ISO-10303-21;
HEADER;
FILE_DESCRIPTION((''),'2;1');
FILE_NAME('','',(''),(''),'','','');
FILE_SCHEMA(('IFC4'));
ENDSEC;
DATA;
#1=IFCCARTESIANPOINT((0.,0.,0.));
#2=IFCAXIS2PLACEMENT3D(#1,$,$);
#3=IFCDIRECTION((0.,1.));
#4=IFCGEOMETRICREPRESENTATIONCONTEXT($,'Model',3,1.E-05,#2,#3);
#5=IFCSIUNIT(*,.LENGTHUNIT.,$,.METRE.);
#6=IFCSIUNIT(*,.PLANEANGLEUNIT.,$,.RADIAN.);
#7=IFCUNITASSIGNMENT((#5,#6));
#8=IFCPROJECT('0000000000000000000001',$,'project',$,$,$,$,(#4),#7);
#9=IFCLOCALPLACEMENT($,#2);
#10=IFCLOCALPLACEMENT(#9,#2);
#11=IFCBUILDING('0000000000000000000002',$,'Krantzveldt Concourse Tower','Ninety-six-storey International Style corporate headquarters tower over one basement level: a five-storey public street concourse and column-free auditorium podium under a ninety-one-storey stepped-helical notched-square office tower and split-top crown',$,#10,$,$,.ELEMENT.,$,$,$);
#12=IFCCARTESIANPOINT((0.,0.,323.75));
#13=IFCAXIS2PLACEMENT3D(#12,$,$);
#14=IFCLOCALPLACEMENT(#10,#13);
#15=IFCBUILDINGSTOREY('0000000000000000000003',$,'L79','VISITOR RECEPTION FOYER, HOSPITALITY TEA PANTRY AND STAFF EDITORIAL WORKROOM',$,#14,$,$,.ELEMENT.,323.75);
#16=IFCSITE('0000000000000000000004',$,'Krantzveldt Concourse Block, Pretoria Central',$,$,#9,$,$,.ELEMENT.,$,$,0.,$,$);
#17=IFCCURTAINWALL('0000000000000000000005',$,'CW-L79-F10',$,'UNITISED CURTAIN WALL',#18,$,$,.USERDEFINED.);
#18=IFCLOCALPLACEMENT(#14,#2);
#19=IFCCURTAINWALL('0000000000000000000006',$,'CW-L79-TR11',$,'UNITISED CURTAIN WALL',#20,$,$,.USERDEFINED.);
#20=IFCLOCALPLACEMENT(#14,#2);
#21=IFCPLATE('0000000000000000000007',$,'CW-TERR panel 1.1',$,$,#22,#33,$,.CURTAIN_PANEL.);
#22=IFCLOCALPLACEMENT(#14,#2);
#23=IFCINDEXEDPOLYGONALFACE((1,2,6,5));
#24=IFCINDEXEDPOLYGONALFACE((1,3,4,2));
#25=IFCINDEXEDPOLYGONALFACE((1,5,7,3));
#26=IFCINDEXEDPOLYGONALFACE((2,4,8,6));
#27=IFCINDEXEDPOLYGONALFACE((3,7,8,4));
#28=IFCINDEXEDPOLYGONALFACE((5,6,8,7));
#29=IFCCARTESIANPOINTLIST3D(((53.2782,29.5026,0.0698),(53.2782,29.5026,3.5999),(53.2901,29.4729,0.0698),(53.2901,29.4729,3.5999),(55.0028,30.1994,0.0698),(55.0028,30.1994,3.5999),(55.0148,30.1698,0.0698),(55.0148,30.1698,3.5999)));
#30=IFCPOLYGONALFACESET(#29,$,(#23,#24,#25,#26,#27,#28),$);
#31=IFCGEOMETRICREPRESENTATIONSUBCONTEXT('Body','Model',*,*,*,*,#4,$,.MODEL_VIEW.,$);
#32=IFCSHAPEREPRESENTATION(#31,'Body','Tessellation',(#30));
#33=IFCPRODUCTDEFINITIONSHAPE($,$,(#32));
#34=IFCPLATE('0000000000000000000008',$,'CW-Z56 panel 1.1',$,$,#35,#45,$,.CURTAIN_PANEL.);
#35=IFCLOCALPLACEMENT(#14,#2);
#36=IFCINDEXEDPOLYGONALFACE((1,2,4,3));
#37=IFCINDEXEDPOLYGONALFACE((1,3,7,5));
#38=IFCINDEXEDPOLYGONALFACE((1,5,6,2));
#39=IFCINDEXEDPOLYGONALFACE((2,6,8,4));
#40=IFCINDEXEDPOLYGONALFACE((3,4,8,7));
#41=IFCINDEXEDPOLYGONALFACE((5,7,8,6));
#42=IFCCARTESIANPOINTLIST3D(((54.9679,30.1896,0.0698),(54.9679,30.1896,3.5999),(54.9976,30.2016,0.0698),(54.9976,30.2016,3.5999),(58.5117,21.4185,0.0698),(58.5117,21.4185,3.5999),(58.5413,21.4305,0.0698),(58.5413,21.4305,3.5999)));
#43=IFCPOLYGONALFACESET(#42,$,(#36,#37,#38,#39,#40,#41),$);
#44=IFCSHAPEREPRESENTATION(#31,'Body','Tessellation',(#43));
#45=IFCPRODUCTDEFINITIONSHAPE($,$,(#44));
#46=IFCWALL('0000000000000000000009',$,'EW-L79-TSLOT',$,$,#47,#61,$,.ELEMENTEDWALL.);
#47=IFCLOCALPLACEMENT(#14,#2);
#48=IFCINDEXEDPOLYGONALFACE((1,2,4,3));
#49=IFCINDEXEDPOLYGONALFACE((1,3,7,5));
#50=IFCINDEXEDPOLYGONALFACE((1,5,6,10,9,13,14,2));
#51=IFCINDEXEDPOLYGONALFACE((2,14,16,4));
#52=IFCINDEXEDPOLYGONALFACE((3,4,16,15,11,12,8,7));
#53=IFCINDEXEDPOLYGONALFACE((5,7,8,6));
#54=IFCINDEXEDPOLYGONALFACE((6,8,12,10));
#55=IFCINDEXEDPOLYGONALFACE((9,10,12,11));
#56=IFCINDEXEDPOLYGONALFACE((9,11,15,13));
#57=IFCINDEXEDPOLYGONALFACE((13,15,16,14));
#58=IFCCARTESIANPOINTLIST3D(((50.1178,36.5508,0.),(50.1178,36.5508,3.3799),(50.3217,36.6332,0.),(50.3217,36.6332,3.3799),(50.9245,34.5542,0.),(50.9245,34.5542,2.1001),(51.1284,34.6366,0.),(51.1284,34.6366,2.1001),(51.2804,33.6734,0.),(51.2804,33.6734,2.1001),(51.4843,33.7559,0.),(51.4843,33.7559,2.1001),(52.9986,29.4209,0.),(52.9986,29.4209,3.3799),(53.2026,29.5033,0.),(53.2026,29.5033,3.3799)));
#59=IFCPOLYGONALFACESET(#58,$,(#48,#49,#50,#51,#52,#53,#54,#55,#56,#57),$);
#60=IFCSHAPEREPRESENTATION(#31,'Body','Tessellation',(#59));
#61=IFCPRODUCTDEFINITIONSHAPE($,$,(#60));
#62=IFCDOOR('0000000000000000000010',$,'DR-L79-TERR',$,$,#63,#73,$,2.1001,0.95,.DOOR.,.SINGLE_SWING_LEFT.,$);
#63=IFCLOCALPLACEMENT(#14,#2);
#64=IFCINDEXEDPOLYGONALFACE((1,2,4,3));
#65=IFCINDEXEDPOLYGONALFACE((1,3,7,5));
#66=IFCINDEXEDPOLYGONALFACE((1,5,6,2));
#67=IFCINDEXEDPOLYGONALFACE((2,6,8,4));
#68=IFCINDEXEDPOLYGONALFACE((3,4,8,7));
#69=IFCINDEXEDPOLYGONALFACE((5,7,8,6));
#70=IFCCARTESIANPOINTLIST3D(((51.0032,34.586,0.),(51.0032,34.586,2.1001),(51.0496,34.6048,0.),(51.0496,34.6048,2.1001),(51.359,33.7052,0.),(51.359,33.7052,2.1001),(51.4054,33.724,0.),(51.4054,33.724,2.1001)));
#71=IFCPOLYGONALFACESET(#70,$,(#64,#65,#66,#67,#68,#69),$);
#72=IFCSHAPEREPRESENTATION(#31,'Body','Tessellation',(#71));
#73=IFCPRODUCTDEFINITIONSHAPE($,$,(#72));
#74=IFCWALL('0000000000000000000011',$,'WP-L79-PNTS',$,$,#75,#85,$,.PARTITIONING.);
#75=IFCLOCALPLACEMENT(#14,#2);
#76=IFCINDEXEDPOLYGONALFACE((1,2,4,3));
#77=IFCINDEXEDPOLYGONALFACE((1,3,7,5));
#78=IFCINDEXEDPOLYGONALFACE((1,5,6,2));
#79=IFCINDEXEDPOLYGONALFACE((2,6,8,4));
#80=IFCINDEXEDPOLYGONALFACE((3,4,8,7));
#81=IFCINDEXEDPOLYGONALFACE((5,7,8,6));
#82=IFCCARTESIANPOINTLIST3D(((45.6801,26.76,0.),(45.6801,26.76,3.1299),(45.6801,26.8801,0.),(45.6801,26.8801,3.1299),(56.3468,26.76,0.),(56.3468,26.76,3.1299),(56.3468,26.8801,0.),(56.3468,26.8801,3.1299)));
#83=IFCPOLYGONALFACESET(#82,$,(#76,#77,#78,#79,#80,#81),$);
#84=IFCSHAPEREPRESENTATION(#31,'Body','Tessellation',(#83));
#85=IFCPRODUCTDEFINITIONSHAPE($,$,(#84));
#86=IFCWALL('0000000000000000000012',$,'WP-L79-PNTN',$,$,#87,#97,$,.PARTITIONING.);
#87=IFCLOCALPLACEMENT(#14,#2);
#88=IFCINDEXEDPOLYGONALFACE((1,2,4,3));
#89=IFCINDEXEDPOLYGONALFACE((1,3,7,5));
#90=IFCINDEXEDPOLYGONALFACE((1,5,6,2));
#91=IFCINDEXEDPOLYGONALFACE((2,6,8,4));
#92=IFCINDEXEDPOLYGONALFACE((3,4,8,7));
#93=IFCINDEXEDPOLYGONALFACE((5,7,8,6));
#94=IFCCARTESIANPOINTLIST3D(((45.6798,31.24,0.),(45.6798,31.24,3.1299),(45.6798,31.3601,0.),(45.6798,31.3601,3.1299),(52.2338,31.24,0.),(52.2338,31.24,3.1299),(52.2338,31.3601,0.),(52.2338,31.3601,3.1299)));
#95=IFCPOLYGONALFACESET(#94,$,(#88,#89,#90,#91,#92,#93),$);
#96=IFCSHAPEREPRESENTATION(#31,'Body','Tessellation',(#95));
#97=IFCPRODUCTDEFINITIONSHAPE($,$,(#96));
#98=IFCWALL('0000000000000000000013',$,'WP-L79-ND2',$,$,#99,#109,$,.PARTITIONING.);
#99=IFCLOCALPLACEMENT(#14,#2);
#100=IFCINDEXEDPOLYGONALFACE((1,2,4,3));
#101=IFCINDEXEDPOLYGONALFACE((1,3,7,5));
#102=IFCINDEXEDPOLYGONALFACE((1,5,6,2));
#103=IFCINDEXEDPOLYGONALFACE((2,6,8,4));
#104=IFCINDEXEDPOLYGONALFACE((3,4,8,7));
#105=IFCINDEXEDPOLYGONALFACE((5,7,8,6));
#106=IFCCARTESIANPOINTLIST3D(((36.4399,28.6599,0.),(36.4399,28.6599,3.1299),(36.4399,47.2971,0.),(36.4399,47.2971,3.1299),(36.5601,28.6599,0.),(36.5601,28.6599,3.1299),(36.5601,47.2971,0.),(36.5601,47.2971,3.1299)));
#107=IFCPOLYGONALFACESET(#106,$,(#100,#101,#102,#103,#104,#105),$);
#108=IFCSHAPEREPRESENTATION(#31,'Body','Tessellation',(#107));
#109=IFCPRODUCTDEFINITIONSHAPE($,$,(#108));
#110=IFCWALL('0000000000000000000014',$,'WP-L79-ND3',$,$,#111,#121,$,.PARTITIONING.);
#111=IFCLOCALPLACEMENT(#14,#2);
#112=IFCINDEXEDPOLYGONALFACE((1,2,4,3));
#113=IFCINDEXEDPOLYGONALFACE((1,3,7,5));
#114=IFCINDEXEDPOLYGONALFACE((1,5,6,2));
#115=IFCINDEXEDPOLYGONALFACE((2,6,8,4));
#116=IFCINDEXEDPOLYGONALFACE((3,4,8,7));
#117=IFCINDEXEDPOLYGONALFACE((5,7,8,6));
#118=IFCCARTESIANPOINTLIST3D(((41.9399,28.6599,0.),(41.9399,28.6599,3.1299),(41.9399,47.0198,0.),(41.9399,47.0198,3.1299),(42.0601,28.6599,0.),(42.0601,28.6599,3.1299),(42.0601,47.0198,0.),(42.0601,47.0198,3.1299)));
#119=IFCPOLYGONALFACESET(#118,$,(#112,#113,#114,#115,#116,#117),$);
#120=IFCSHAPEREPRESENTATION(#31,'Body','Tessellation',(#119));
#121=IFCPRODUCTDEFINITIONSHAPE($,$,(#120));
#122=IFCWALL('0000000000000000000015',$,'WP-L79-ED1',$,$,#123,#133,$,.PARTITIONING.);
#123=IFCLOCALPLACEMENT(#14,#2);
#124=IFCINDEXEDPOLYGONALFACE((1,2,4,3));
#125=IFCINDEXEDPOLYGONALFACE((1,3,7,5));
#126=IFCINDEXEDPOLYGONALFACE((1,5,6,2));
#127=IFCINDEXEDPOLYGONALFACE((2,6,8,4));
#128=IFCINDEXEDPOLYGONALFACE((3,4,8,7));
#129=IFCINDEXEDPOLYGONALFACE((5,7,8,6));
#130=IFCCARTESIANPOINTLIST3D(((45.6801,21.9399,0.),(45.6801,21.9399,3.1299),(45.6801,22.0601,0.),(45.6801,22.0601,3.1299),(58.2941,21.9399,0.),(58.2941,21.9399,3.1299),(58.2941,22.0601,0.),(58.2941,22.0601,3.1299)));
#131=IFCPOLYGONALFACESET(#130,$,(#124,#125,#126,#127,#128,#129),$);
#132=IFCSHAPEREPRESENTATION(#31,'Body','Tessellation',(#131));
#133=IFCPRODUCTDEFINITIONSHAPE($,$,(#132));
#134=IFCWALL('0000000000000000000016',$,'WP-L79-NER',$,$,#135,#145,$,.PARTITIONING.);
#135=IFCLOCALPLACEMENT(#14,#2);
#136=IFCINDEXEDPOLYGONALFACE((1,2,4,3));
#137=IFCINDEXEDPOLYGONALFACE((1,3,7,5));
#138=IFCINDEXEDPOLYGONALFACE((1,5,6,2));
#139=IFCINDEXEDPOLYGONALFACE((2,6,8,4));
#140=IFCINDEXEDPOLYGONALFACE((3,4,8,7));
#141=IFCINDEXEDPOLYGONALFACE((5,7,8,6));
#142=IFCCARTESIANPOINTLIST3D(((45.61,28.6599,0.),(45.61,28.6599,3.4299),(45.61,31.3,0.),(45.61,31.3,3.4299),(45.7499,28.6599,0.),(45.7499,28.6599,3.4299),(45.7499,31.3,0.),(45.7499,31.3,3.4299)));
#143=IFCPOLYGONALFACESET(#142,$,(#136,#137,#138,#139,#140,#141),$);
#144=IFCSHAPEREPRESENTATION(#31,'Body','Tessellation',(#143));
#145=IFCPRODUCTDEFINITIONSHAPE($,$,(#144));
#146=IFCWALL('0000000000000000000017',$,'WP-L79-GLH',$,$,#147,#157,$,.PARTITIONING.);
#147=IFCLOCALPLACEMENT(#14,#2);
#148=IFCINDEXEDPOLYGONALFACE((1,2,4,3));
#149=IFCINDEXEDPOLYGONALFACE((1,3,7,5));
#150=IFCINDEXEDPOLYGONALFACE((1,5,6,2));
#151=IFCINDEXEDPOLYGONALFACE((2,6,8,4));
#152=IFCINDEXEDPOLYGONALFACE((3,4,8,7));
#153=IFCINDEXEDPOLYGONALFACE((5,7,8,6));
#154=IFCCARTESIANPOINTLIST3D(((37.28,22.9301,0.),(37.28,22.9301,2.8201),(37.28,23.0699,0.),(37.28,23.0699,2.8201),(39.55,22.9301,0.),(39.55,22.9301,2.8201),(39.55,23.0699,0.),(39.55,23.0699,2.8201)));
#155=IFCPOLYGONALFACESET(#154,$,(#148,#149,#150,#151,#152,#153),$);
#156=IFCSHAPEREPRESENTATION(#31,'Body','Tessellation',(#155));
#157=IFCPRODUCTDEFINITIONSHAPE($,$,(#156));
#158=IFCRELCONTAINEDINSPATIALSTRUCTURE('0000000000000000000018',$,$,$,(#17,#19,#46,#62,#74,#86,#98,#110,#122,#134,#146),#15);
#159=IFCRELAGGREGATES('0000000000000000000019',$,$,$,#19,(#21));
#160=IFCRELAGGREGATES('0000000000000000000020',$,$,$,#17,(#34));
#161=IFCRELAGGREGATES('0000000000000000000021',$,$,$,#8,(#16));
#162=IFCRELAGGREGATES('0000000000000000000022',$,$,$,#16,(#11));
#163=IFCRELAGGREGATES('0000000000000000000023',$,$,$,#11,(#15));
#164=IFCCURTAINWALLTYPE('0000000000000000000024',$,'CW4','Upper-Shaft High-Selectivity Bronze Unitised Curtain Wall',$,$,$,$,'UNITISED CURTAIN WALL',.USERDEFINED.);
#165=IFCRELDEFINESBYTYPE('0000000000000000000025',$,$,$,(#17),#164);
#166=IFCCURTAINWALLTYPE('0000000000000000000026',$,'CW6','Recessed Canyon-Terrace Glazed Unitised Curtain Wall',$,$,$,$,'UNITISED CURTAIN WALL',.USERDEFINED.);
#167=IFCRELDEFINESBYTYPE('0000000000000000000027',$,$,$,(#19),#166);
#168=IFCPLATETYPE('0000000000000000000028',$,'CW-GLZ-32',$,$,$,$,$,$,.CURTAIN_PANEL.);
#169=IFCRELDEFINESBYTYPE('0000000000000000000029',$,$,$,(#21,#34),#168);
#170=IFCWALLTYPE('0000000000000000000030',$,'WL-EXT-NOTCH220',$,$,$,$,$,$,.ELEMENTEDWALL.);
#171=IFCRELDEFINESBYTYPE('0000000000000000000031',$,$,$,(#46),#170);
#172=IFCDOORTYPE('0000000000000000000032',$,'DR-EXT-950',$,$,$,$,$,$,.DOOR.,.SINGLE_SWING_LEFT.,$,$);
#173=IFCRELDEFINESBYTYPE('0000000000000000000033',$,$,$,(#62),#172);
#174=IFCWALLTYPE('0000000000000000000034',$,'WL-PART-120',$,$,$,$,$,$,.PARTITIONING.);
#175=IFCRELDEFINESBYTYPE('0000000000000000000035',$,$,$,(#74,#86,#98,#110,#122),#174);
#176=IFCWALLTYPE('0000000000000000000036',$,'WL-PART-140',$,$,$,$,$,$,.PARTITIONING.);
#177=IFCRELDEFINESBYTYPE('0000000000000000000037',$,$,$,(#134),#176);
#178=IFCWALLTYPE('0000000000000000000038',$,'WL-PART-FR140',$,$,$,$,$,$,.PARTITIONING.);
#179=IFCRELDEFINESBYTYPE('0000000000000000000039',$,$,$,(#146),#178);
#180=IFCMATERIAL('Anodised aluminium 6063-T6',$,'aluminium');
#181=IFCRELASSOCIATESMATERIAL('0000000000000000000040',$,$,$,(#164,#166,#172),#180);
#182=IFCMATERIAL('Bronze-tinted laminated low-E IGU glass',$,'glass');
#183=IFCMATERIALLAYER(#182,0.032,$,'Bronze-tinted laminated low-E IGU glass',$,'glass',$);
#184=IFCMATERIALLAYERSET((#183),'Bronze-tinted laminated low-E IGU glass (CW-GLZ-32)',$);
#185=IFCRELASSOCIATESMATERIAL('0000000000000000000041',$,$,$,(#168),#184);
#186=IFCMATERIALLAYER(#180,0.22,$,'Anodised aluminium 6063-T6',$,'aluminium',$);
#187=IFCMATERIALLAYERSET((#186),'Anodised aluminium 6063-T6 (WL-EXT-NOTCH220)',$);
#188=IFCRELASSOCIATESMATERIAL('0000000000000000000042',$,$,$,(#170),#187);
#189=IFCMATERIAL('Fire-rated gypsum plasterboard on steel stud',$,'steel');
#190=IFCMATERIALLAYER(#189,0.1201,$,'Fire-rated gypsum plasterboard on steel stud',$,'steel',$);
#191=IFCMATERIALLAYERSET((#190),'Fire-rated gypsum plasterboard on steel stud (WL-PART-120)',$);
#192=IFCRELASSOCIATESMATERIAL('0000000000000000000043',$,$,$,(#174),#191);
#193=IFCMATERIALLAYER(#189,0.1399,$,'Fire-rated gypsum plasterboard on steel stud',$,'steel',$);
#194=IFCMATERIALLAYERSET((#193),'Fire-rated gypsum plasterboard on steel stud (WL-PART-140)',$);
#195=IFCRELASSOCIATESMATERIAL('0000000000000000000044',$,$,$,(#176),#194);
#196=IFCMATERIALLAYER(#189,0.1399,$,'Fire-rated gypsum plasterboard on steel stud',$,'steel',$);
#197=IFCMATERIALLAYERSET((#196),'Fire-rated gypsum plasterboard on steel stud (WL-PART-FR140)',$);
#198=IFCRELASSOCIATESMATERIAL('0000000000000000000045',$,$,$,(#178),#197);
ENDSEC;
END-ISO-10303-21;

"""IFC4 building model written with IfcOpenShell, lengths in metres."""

from ifc_helpers import new_model, si_unit, direction, frame, frame_2d, origin, origin_2d, place, context, subcontext, project, spatial, rectangle, extrude, source, transform, mapped, material, layer, layer_set, type_object, type_shapes, element, fill, aggregate, save


model = new_model("IFC4")

# Units and contexts
model_context = context("Model", 3, precision=1e-05, world=origin(), true_north=direction((0.0, 1.0)))
body_context = subcontext(model_context, "Body", "Model", "MODEL_VIEW")
ifc_project = project(units=[si_unit("LENGTHUNIT", "METRE"), si_unit("PLANEANGLEUNIT", "RADIAN")], contexts=[model_context])

# Site, building, storey
site_placement = place(None, origin())
site = spatial("IfcSite", under=ifc_project, at=site_placement, Name="Krantzveldt Concourse Block, Pretoria Central", CompositionType="ELEMENT", RefElevation=0.0)
building_placement = place(site_placement, origin())
building = spatial("IfcBuilding", under=site, at=building_placement, Name="Krantzveldt Concourse Tower", Description="Ninety-six-storey International Style corporate headquarters tower over one basement level: a five-storey public street concourse and column-free auditorium podium under a ninety-one-storey stepped-helical notched-square office tower and split-top crown", CompositionType="ELEMENT")
storey_placement = place(building_placement, frame((0.0, 0.0, 323.75)))
storey = spatial("IfcBuildingStorey", under=building, at=storey_placement, Name="L79", Description="VISITOR RECEPTION FOYER, HOSPITALITY TEA PANTRY AND STAFF EDITORIAL WORKROOM", CompositionType="ELEMENT", Elevation=323.75)

# Curtain wall
ifc_material_1 = material(Name="Anodised aluminium 6063-T6", Category="aluminium")
curtain_wall_type_1 = type_object("IfcCurtainWallType", Name="CW4", Description="Upper-Shaft High-Selectivity Bronze Unitised Curtain Wall", ElementType="UNITISED CURTAIN WALL", PredefinedType="USERDEFINED", material=ifc_material_1)
curtain_wall_1_placement = place(storey_placement, origin())
curtain_wall_1 = element("IfcCurtainWall", 1, at=curtain_wall_1_placement, inside=storey, type_object=curtain_wall_type_1, Name="CW-L79-F10", ObjectType="UNITISED CURTAIN WALL", PredefinedType="USERDEFINED")

# Curtain wall
curtain_wall_type_2 = type_object("IfcCurtainWallType", Name="CW6", Description="Recessed Canyon-Terrace Glazed Unitised Curtain Wall", ElementType="UNITISED CURTAIN WALL", PredefinedType="USERDEFINED", material=ifc_material_1)
curtain_wall_2_placement = place(storey_placement, origin())
curtain_wall_2 = element("IfcCurtainWall", 2, at=curtain_wall_2_placement, inside=storey, type_object=curtain_wall_type_2, Name="CW-L79-TR11", ObjectType="UNITISED CURTAIN WALL", PredefinedType="USERDEFINED")

# Plates
ifc_material_2 = material(Name="Bronze-tinted laminated low-E IGU glass", Category="glass")
ifc_layer_1 = layer(ifc_material_2, 0.032, Name="Bronze-tinted laminated low-E IGU glass", Category="glass")
ifc_layer_set_1 = layer_set([ifc_layer_1], Name="Bronze-tinted laminated low-E IGU glass (CW-GLZ-32)")
plate_type = type_object("IfcPlateType", Name="CW-GLZ-32", PredefinedType="CURTAIN_PANEL", material=ifc_layer_set_1)
shared_shape_1 = source(origin(), body_context, "Body", "SweptSolid", [
    extrude(rectangle(XDim=1.8601, YDim=0.032, at=origin_2d()), origin(), (0.0, 0.0, 1.0), 3.53),
])
plate_1_placement = place(storey_placement, frame((54.1465, 29.8362, 0.0698), z_axis=(0.0, 0.0, 1.0), x_axis=(-0.927183, -0.374609, 0.0)))
plate_1 = element("IfcPlate", 3, at=plate_1_placement, type_object=plate_type, Name="CW-TERR panel 1.1", PredefinedType="CURTAIN_PANEL", context=body_context, shape_type="MappedRepresentation", body=[
    mapped(shared_shape_1, transform((0.0, 0.0, 0.0), x_axis=(1.0, 0.0, 0.0), y_axis=(0.0, 1.0, 0.0), z_axis=(0.0, 0.0, 1.0), scale=1.0)),
])
aggregate(curtain_wall_2, [plate_1])
shared_shape_2 = source(origin(), body_context, "Body", "SweptSolid", [
    extrude(rectangle(XDim=9.46, YDim=0.032, at=origin_2d()), origin(), (0.0, 0.0, 1.0), 3.53),
])
type_shapes(plate_type, [shared_shape_1, shared_shape_2])
plate_2_placement = place(storey_placement, frame((56.7546, 25.8101, 0.0698), z_axis=(0.0, 0.0, 1.0), x_axis=(-0.374606, 0.927184, 0.0)))
plate_2 = element("IfcPlate", 4, at=plate_2_placement, type_object=plate_type, Name="CW-Z56 panel 1.1", PredefinedType="CURTAIN_PANEL", context=body_context, shape_type="MappedRepresentation", body=[
    mapped(shared_shape_2, transform((0.0, 0.0, 0.0), x_axis=(1.0, 0.0, 0.0), y_axis=(0.0, 1.0, 0.0), z_axis=(0.0, 0.0, 1.0), scale=1.0)),
])
aggregate(curtain_wall_1, [plate_2])

# Wall, opening, door
ifc_layer_2 = layer(ifc_material_1, 0.22, Name="Anodised aluminium 6063-T6", Category="aluminium")
ifc_layer_set_2 = layer_set([ifc_layer_2], Name="Anodised aluminium 6063-T6 (WL-EXT-NOTCH220)")
wall_type_1 = type_object("IfcWallType", Name="WL-EXT-NOTCH220", PredefinedType="ELEMENTEDWALL", material=ifc_layer_set_2)
wall_1_placement = place(storey_placement, frame((50.2197, 36.592, 0.0), z_axis=(0.0, 0.0, 1.0), x_axis=(0.374629, -0.927175, 0.0)))
wall_1 = element("IfcWall", 5, at=wall_1_placement, inside=storey, type_object=wall_type_1, Name="EW-L79-TSLOT", PredefinedType="ELEMENTEDWALL", context=body_context, shape_type="SweptSolid", body=[
    extrude(rectangle(XDim=7.6899, YDim=0.22, at=frame_2d((3.845, 0.0))), origin(), (0.0, 0.0, 1.0), 3.3799),
])
opening_placement = place(wall_1_placement, frame((2.1533, 0.0, 0.0)))
opening = element("IfcOpeningElement", 6, at=opening_placement, cuts=wall_1, PredefinedType="OPENING", context=body_context, shape_type="SweptSolid", body=[
    extrude(rectangle(XDim=0.95, YDim=2.1001, at=frame_2d((0.4751, 1.05))), frame((0.0, 0.1201, 0.0), z_axis=(0.0, -1.0, 0.0), x_axis=(1.0, 0.0, 0.0)), (0.0, 0.0, 1.0), 0.24),
])
door_type = type_object("IfcDoorType", Name="DR-EXT-950", OperationType="SINGLE_SWING_LEFT", PredefinedType="DOOR", material=ifc_material_1)
door_placement = place(opening_placement, origin())
door = element("IfcDoor", 7, at=door_placement, inside=storey, type_object=door_type, Name="DR-L79-TERR", OperationType="SINGLE_SWING_LEFT", OverallHeight=2.1001, OverallWidth=0.95, PredefinedType="DOOR", context=body_context, shape_type="SweptSolid", body=[
    extrude(rectangle(XDim=0.95, YDim=2.1001, at=frame_2d((0.4751, 1.05))), frame((0.0, 0.0249, 0.0), z_axis=(0.0, -1.0, 0.0), x_axis=(1.0, 0.0, 0.0)), (0.0, 0.0, 1.0), 0.05),
])
fill(opening, door)

# Walls
ifc_material_3 = material(Name="Fire-rated gypsum plasterboard on steel stud", Category="steel")
ifc_layer_3 = layer(ifc_material_3, 0.1201, Name="Fire-rated gypsum plasterboard on steel stud", Category="steel")
ifc_layer_set_3 = layer_set([ifc_layer_3], Name="Fire-rated gypsum plasterboard on steel stud (WL-PART-120)")
wall_type_2 = type_object("IfcWallType", Name="WL-PART-120", PredefinedType="PARTITIONING", material=ifc_layer_set_3)
wall_2_placement = place(storey_placement, frame((45.6799, 26.8201, 0.0), z_axis=(0.0, 0.0, 1.0), x_axis=(1.0, 0.0, 0.0)))
element("IfcWall", 8, at=wall_2_placement, inside=storey, type_object=wall_type_2, Name="WP-L79-PNTS", PredefinedType="PARTITIONING", context=body_context, shape_type="SweptSolid", body=[
    extrude(rectangle(XDim=10.6667, YDim=0.1201, at=frame_2d((5.3335, 0.0))), origin(), (0.0, 0.0, 1.0), 3.1299),
])
wall_3_placement = place(storey_placement, frame((45.6799, 31.3, 0.0), z_axis=(0.0, 0.0, 1.0), x_axis=(1.0, 0.0, 0.0)))
element("IfcWall", 9, at=wall_3_placement, inside=storey, type_object=wall_type_2, Name="WP-L79-PNTN", PredefinedType="PARTITIONING", context=body_context, shape_type="SweptSolid", body=[
    extrude(rectangle(XDim=6.554, YDim=0.1201, at=frame_2d((3.2769, 0.0))), origin(), (0.0, 0.0, 1.0), 3.1299),
])
wall_4_placement = place(storey_placement, frame((36.5, 28.6599, 0.0), z_axis=(0.0, 0.0, 1.0), x_axis=(0.0, 1.0, 0.0)))
element("IfcWall", 10, at=wall_4_placement, inside=storey, type_object=wall_type_2, Name="WP-L79-ND2", PredefinedType="PARTITIONING", context=body_context, shape_type="SweptSolid", body=[
    extrude(rectangle(XDim=18.6372, YDim=0.1201, at=frame_2d((9.3186, 0.0))), origin(), (0.0, 0.0, 1.0), 3.1299),
])
wall_5_placement = place(storey_placement, frame((42.0, 28.6599, 0.0), z_axis=(0.0, 0.0, 1.0), x_axis=(0.0, 1.0, 0.0)))
element("IfcWall", 11, at=wall_5_placement, inside=storey, type_object=wall_type_2, Name="WP-L79-ND3", PredefinedType="PARTITIONING", context=body_context, shape_type="SweptSolid", body=[
    extrude(rectangle(XDim=18.3599, YDim=0.1201, at=frame_2d((9.1799, 0.0))), origin(), (0.0, 0.0, 1.0), 3.1299),
])
wall_6_placement = place(storey_placement, frame((45.6799, 22.0, 0.0), z_axis=(0.0, 0.0, 1.0), x_axis=(1.0, 0.0, 0.0)))
element("IfcWall", 12, at=wall_6_placement, inside=storey, type_object=wall_type_2, Name="WP-L79-ED1", PredefinedType="PARTITIONING", context=body_context, shape_type="SweptSolid", body=[
    extrude(rectangle(XDim=12.614, YDim=0.1201, at=frame_2d((6.3071, 0.0))), origin(), (0.0, 0.0, 1.0), 3.1299),
])
ifc_layer_4 = layer(ifc_material_3, 0.1399, Name="Fire-rated gypsum plasterboard on steel stud", Category="steel")
ifc_layer_set_4 = layer_set([ifc_layer_4], Name="Fire-rated gypsum plasterboard on steel stud (WL-PART-140)")
wall_type_3 = type_object("IfcWallType", Name="WL-PART-140", PredefinedType="PARTITIONING", material=ifc_layer_set_4)
wall_7_placement = place(storey_placement, frame((45.6799, 28.6599, 0.0), z_axis=(0.0, 0.0, 1.0), x_axis=(0.0, 1.0, 0.0)))
element("IfcWall", 13, at=wall_7_placement, inside=storey, type_object=wall_type_3, Name="WP-L79-NER", PredefinedType="PARTITIONING", context=body_context, shape_type="SweptSolid", body=[
    extrude(rectangle(XDim=2.6401, YDim=0.1399, at=frame_2d((1.3201, 0.0))), origin(), (0.0, 0.0, 1.0), 3.4299),
])
ifc_layer_5 = layer(ifc_material_3, 0.1399, Name="Fire-rated gypsum plasterboard on steel stud", Category="steel")
ifc_layer_set_5 = layer_set([ifc_layer_5], Name="Fire-rated gypsum plasterboard on steel stud (WL-PART-FR140)")
wall_type_4 = type_object("IfcWallType", Name="WL-PART-FR140", PredefinedType="PARTITIONING", material=ifc_layer_set_5)
wall_8_placement = place(storey_placement, frame((37.28, 23.0, 0.0), z_axis=(0.0, 0.0, 1.0), x_axis=(1.0, 0.0, 0.0)))
element("IfcWall", 14, at=wall_8_placement, inside=storey, type_object=wall_type_4, Name="WP-L79-GLH", PredefinedType="PARTITIONING", context=body_context, shape_type="SweptSolid", body=[
    extrude(rectangle(XDim=2.27, YDim=0.1399, at=frame_2d((1.135, 0.0))), origin(), (0.0, 0.0, 1.0), 2.8201),
])

save(model, "model.ifc")
